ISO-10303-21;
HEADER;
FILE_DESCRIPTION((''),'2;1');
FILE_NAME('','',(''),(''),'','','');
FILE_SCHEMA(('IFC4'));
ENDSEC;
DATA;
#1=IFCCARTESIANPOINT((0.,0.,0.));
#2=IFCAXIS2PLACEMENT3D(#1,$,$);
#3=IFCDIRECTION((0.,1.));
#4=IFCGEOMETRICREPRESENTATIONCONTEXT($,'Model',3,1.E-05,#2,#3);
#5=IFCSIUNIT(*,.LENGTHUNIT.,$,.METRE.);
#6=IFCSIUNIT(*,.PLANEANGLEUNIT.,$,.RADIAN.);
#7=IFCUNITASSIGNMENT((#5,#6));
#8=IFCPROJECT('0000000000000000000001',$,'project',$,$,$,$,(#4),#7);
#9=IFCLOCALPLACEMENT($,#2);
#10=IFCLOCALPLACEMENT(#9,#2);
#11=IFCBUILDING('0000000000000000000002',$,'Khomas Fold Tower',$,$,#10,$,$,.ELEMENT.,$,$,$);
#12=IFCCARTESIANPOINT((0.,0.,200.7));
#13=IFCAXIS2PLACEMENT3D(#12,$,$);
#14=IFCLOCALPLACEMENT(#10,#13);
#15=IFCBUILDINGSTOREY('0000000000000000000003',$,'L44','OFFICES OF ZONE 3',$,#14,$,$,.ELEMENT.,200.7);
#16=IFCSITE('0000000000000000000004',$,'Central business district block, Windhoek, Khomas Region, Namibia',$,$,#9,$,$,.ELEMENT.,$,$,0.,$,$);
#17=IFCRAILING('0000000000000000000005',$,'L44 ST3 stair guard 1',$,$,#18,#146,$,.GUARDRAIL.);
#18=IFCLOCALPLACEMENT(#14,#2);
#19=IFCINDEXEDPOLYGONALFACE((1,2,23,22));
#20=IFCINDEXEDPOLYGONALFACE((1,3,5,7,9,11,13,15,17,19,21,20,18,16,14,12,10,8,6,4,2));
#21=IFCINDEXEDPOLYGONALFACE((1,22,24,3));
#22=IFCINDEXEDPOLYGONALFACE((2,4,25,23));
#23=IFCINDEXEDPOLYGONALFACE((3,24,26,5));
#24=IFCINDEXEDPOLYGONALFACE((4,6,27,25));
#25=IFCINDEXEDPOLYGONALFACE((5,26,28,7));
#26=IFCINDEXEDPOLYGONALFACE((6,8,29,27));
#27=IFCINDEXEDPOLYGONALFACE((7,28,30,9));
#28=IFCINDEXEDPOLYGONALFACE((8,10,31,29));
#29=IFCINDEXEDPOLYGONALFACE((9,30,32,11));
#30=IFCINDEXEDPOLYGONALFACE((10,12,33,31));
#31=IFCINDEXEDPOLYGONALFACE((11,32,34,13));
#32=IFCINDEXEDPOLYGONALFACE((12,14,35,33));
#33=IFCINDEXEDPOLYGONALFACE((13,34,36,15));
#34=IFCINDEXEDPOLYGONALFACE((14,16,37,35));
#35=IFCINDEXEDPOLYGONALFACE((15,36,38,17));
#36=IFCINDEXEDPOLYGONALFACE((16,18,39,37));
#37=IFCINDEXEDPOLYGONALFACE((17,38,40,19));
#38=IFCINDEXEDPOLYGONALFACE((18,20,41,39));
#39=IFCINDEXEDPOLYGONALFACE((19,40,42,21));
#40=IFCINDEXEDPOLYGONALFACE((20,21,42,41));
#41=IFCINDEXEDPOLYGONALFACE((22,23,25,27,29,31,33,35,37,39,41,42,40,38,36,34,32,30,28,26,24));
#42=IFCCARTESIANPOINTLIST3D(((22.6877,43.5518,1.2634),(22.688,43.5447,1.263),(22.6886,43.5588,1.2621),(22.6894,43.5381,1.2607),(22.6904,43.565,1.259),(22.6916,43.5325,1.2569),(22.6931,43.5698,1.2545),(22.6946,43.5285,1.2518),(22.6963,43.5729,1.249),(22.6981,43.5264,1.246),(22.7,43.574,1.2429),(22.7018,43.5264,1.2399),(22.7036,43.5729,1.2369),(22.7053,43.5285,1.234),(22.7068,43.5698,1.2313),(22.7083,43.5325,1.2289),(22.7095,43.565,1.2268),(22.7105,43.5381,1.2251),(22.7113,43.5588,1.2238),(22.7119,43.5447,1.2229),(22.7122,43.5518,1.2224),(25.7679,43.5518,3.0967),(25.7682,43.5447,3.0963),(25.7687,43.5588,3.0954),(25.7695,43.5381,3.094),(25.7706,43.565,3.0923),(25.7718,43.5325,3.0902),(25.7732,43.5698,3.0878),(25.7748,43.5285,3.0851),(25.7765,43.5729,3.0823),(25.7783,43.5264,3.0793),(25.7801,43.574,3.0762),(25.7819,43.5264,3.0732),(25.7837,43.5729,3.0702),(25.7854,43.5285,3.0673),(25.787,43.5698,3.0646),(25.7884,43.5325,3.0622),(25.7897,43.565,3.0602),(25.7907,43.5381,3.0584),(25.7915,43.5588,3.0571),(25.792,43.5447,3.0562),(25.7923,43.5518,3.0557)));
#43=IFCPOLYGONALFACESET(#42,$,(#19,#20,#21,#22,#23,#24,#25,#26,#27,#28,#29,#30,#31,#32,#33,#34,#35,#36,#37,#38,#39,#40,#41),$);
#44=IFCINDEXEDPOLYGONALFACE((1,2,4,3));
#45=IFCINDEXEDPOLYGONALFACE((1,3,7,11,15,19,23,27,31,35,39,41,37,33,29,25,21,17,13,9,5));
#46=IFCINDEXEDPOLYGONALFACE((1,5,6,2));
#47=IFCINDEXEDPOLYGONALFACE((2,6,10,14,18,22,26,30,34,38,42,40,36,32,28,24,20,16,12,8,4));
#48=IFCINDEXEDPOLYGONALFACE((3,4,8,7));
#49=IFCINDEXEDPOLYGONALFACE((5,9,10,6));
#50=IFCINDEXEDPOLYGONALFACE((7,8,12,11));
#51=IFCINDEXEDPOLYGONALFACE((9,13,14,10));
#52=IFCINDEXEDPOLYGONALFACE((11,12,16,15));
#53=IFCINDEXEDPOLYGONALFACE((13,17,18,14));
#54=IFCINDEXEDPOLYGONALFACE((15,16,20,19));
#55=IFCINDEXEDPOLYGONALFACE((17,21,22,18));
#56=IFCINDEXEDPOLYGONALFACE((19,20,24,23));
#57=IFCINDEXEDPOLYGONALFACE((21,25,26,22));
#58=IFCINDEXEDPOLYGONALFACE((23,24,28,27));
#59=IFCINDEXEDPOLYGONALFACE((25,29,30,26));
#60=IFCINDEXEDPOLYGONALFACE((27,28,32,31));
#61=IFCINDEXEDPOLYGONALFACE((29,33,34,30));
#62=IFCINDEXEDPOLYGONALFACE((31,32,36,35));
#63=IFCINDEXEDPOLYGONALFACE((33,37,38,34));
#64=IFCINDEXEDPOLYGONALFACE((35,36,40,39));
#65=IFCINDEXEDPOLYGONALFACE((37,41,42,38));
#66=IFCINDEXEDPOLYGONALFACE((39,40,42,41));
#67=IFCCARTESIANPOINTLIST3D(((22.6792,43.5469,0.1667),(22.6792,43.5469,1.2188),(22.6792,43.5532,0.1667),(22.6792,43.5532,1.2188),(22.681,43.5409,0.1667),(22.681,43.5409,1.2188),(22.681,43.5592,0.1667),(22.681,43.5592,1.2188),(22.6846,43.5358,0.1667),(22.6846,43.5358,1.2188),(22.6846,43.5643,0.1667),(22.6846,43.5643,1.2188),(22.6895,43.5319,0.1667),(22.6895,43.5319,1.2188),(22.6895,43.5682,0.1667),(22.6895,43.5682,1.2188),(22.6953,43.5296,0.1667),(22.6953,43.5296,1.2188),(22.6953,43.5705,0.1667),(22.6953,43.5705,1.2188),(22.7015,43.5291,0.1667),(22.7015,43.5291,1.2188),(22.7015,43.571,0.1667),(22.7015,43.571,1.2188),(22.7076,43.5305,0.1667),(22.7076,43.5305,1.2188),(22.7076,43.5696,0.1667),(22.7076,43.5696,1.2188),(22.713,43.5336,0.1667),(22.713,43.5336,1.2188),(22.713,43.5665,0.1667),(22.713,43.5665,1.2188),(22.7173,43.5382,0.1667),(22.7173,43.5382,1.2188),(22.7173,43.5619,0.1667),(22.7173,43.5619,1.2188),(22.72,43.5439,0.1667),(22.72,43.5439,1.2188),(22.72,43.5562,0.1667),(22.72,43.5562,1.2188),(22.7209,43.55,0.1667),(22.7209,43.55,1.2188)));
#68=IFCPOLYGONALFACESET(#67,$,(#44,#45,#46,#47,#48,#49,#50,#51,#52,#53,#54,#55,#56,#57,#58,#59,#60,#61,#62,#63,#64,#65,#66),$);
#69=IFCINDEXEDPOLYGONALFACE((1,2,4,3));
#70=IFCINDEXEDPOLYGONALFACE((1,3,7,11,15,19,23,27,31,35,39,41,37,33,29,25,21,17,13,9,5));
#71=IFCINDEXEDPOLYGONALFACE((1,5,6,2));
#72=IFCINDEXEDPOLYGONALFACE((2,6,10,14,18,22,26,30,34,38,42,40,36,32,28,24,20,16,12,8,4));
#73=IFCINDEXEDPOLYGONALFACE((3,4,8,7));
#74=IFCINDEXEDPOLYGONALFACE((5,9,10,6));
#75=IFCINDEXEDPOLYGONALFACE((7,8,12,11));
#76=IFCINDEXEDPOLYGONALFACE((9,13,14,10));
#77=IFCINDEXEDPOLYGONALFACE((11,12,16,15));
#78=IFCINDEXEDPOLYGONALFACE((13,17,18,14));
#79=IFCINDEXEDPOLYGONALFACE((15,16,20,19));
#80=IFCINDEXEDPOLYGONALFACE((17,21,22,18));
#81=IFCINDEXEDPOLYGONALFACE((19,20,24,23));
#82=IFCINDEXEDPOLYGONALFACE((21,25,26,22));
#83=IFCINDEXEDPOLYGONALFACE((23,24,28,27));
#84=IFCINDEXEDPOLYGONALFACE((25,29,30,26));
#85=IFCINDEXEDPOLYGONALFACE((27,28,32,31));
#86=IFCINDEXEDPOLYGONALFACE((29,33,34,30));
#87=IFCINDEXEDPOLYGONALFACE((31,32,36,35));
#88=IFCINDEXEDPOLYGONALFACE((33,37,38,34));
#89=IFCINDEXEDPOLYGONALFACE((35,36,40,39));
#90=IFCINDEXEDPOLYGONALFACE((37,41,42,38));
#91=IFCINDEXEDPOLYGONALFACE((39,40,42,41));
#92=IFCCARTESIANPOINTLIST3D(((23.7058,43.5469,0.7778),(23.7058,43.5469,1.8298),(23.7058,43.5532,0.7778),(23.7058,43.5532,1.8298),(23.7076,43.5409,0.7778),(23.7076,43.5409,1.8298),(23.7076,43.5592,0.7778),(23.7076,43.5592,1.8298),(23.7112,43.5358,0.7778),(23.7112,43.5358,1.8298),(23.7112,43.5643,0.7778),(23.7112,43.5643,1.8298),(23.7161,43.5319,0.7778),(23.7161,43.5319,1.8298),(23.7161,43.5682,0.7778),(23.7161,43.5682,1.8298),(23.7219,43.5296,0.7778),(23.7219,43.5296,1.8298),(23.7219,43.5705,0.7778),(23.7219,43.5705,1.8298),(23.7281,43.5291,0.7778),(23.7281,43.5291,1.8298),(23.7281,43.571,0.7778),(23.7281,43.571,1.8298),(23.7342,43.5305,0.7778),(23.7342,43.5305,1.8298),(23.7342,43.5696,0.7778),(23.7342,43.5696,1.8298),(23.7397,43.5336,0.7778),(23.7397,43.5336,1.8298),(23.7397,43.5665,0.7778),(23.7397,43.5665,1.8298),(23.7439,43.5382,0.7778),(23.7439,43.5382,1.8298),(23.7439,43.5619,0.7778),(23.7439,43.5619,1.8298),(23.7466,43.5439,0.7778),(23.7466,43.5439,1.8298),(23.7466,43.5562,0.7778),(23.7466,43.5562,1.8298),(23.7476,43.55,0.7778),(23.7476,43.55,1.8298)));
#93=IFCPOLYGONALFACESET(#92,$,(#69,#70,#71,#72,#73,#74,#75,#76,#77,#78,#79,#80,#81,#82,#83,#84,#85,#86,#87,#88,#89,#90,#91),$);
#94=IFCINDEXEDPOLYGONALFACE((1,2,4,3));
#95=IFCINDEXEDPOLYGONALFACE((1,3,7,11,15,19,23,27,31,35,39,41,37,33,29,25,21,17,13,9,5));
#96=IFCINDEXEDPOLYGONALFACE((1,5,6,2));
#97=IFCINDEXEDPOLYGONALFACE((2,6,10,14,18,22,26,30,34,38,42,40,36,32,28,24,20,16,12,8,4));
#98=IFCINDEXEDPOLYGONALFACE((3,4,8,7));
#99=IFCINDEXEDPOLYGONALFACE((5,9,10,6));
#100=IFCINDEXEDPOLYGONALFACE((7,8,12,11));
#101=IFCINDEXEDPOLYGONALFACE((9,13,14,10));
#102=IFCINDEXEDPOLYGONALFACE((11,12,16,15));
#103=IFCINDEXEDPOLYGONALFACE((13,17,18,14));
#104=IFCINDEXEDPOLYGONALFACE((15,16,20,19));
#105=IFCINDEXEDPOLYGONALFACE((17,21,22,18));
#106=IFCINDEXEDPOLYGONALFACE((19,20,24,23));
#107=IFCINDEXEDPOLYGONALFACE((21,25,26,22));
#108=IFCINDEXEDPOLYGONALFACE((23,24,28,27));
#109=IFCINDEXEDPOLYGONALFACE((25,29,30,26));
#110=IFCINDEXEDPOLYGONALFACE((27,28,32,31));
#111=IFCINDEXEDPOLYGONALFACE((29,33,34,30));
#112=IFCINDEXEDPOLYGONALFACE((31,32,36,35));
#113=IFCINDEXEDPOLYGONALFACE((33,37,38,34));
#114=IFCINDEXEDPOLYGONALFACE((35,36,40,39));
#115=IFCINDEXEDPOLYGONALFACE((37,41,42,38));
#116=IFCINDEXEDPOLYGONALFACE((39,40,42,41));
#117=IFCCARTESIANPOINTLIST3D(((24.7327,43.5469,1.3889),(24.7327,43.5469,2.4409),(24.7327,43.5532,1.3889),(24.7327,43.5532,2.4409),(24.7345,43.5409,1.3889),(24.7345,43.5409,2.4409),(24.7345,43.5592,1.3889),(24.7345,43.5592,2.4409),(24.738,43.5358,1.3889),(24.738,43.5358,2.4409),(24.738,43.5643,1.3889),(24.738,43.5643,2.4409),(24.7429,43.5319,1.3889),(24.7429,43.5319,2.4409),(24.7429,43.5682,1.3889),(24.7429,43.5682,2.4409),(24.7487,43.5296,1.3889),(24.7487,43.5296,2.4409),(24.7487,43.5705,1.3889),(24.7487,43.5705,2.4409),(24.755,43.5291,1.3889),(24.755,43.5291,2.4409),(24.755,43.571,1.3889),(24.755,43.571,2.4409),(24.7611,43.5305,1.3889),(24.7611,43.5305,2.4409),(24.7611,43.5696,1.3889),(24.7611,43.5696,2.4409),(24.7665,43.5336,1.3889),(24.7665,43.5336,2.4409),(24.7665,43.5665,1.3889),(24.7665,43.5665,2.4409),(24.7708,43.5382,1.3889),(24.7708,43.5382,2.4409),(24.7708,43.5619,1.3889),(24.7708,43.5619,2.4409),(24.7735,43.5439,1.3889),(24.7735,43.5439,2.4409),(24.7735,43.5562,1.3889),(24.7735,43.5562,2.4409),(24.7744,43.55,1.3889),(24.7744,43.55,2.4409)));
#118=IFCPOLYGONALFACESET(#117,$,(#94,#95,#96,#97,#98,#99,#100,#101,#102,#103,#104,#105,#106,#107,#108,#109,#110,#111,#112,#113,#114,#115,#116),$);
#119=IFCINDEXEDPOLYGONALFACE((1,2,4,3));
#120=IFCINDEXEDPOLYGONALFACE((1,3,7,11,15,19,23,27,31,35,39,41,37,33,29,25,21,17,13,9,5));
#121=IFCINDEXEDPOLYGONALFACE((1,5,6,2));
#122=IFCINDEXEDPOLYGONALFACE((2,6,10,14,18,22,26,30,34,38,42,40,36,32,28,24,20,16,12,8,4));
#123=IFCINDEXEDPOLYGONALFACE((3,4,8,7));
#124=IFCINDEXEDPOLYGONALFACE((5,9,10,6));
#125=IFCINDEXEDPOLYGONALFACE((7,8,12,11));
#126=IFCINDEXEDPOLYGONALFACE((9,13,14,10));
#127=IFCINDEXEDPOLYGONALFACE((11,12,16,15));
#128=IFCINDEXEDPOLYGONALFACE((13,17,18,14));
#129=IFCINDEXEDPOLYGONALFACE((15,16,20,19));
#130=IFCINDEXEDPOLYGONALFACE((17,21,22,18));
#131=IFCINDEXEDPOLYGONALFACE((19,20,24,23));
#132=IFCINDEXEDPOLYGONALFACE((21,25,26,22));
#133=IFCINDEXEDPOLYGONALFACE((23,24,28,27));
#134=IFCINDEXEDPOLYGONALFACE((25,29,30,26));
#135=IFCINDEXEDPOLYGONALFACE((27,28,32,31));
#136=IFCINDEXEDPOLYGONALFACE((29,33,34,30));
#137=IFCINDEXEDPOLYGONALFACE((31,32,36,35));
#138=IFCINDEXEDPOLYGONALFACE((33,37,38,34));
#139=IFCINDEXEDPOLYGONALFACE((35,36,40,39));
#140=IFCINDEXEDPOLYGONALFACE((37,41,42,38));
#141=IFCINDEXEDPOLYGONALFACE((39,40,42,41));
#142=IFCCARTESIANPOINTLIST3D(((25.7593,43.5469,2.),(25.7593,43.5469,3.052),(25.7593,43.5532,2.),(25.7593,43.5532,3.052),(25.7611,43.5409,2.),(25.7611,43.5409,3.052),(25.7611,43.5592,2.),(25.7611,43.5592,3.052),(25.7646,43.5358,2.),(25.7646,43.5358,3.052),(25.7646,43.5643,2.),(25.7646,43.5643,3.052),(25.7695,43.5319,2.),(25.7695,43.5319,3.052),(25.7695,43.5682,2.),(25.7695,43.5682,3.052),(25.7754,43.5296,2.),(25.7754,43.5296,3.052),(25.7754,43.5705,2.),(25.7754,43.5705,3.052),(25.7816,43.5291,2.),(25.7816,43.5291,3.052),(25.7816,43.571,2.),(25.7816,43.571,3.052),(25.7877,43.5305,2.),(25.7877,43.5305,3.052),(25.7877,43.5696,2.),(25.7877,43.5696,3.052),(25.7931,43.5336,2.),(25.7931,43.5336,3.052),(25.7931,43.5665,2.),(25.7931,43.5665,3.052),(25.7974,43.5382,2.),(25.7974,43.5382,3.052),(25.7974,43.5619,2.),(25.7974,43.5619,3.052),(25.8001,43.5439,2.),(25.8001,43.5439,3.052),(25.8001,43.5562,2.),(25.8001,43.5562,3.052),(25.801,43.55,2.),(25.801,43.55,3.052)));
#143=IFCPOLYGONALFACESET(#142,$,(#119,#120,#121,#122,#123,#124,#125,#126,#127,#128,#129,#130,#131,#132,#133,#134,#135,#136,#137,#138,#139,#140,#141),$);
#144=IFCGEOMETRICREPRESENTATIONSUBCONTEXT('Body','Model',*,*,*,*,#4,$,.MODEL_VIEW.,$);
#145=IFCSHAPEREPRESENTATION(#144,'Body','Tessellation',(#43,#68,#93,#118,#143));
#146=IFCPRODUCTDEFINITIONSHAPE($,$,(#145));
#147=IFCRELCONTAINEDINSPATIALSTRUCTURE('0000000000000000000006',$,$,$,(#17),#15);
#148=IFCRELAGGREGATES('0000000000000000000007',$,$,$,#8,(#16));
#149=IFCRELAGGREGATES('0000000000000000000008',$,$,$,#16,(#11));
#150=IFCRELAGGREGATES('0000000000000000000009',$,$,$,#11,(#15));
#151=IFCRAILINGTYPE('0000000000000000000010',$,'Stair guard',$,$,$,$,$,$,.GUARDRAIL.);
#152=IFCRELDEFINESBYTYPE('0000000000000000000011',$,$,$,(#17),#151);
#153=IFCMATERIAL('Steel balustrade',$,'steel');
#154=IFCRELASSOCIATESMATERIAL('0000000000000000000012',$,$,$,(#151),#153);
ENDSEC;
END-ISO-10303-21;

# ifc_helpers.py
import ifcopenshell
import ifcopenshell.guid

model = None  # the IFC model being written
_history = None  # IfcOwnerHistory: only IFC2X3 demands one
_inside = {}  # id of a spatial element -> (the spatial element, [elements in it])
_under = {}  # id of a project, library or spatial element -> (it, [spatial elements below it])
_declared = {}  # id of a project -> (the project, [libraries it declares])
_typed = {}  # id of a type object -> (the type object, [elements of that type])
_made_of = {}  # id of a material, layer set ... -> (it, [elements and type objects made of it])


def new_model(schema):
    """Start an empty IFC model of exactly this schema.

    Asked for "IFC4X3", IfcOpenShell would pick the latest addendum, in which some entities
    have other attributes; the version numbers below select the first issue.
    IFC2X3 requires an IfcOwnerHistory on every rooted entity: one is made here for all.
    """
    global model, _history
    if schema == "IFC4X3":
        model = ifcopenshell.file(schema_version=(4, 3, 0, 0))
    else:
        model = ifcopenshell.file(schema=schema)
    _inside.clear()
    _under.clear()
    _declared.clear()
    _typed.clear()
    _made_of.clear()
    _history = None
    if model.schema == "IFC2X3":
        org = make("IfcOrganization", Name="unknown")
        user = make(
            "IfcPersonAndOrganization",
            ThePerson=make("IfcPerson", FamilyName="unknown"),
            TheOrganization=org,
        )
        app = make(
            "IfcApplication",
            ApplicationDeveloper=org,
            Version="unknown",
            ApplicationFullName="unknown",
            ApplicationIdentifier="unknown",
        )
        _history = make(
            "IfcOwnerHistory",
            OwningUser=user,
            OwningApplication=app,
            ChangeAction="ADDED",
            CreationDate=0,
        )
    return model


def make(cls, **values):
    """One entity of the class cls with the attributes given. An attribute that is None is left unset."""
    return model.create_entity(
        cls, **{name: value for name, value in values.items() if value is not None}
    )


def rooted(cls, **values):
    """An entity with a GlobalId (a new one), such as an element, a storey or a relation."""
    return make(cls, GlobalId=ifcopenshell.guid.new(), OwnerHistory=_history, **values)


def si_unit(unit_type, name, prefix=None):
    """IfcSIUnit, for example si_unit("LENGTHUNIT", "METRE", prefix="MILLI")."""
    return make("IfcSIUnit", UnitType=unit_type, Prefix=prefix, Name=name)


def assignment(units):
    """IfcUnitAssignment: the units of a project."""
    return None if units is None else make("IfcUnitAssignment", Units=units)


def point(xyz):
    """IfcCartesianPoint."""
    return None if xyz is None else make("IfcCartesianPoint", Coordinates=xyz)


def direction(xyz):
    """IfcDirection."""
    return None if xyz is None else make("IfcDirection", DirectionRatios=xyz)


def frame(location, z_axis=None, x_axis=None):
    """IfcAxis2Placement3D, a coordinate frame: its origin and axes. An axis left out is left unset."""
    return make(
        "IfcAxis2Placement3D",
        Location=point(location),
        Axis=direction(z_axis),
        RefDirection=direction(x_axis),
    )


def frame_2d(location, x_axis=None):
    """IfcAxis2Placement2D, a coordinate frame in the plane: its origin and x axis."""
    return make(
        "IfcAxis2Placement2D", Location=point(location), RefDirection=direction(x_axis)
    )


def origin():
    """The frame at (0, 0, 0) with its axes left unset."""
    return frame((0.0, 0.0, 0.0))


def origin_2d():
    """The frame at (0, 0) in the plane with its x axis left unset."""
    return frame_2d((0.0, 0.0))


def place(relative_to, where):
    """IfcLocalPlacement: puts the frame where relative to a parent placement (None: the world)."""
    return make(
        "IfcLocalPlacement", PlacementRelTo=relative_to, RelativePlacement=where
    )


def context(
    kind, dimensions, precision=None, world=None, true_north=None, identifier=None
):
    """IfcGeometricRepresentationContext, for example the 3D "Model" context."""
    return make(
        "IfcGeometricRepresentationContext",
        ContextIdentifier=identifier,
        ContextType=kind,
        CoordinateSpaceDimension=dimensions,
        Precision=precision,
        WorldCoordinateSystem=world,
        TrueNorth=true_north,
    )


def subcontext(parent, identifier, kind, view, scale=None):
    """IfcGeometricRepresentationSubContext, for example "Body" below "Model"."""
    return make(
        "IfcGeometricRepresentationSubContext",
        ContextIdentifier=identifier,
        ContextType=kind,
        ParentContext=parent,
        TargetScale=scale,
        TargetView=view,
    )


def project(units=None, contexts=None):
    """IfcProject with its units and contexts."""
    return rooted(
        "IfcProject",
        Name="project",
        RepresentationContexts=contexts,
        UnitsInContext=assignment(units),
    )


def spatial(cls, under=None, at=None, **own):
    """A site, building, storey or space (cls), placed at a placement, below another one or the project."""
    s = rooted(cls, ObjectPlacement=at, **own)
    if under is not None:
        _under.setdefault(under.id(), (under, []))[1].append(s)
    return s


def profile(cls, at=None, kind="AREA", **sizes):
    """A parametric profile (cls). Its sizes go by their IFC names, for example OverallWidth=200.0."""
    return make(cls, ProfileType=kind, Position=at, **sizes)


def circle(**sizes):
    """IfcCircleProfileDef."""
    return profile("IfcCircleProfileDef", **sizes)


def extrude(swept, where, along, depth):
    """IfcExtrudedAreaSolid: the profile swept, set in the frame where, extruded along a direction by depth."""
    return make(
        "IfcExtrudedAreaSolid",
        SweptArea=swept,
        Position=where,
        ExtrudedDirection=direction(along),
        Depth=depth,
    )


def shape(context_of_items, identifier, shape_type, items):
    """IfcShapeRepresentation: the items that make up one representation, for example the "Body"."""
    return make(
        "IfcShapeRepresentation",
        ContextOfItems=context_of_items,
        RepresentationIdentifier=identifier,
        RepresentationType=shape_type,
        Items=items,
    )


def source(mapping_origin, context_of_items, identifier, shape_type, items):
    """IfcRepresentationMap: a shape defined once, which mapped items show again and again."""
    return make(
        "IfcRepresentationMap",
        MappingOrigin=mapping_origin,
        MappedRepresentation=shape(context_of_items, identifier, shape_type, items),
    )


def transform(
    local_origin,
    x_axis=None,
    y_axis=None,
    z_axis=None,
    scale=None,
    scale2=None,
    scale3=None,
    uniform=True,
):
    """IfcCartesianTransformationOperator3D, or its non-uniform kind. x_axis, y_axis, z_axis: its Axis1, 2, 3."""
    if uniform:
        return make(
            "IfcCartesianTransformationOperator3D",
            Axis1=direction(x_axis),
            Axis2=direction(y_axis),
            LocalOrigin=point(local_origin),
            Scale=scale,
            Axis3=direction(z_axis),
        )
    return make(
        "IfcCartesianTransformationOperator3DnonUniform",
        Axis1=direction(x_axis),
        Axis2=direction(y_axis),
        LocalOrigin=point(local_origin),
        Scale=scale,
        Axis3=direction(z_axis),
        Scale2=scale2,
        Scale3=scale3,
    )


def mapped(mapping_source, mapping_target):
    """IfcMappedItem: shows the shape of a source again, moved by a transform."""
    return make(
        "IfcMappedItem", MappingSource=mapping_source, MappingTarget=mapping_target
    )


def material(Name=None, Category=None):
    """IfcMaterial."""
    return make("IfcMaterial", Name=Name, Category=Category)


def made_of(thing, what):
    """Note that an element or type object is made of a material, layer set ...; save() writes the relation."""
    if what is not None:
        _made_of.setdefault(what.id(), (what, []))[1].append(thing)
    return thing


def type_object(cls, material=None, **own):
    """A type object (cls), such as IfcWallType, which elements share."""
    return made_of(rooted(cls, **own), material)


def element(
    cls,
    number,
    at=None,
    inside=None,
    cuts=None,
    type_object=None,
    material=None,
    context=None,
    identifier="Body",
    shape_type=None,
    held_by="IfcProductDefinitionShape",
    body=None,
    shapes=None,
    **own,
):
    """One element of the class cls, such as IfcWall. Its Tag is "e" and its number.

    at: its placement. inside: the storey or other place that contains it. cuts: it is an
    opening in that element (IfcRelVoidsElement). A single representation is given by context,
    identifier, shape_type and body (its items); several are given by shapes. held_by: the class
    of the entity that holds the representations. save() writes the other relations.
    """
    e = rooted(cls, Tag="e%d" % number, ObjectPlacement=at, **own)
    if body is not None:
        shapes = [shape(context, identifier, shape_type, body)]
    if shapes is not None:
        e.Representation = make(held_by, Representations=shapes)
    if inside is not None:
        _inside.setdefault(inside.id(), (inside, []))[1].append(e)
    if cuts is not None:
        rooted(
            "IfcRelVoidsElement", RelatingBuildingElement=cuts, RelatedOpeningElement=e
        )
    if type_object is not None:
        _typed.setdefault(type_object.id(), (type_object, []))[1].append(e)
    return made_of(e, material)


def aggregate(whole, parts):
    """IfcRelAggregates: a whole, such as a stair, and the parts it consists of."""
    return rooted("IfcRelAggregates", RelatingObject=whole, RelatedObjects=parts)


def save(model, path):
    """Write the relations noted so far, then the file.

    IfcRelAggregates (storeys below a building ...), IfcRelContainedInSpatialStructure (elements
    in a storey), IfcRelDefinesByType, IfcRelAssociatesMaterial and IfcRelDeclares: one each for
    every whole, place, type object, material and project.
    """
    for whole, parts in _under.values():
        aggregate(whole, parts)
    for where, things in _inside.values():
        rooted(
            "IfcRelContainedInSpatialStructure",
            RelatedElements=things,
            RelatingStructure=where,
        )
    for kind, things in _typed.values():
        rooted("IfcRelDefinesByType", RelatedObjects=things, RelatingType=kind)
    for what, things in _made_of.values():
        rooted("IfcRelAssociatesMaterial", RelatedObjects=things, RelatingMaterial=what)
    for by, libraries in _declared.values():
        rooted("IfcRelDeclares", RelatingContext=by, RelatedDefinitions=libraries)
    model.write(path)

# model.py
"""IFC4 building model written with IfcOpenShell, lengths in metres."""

from ifc_helpers import new_model, si_unit, direction, frame, origin, origin_2d, place, context, subcontext, project, spatial, circle, extrude, source, transform, mapped, material, type_object, element, save


model = new_model("IFC4")

# Units and contexts
model_context = context("Model", 3, precision=1e-05, world=origin(), true_north=direction((0.0, 1.0)))
body_context = subcontext(model_context, "Body", "Model", "MODEL_VIEW")
ifc_project = project(units=[si_unit("LENGTHUNIT", "METRE"), si_unit("PLANEANGLEUNIT", "RADIAN")], contexts=[model_context])

# Site, building, storey
site_placement = place(None, origin())
site = spatial("IfcSite", under=ifc_project, at=site_placement, Name="Central business district block, Windhoek, Khomas Region, Namibia", CompositionType="ELEMENT", RefElevation=0.0)
building_placement = place(site_placement, origin())
building = spatial("IfcBuilding", under=site, at=building_placement, Name="Khomas Fold Tower", CompositionType="ELEMENT")
storey_placement = place(building_placement, frame((0.0, 0.0, 200.7)))
storey = spatial("IfcBuildingStorey", under=building, at=storey_placement, Name="L44", Description="OFFICES OF ZONE 3", CompositionType="ELEMENT", Elevation=200.7)

# Railing
ifc_material_1 = material(Name="Steel balustrade", Category="steel")
railing_type_1 = type_object("IfcRailingType", Name="Stair guard", PredefinedType="GUARDRAIL", material=ifc_material_1)
shared_shape_1 = source(origin(), body_context, "Body", "SweptSolid", [
    extrude(circle(Radius=0.0239, at=origin_2d()), frame((0.0, 0.0, 1.0762), z_axis=(0.859309, 0.0, 0.511458), x_axis=(0.0, 1.0, 0.0)), (0.0, 0.0, 1.0), 3.5845),
    extrude(circle(Radius=0.021, at=origin_2d()), origin(), (0.0, 0.0, 1.0), 1.052),
    extrude(circle(Radius=0.021, at=origin_2d()), frame((1.0266, 0.0, 0.6111)), (0.0, 0.0, 1.0), 1.052),
    extrude(circle(Radius=0.021, at=origin_2d()), frame((2.0535, 0.0, 1.2222)), (0.0, 0.0, 1.0), 1.052),
    extrude(circle(Radius=0.021, at=origin_2d()), frame((3.0801, 0.0, 1.8333)), (0.0, 0.0, 1.0), 1.052),
])
railing_1_placement = place(storey_placement, frame((22.7, 43.55, 0.1667)))
element("IfcRailing", 1, at=railing_1_placement, inside=storey, type_object=railing_type_1, Name="L44 ST3 stair guard 1", PredefinedType="GUARDRAIL", context=body_context, shape_type="MappedRepresentation", body=[
    mapped(shared_shape_1, transform((0.0, 0.0, 0.0))),
])

save(model, "model.ifc")
